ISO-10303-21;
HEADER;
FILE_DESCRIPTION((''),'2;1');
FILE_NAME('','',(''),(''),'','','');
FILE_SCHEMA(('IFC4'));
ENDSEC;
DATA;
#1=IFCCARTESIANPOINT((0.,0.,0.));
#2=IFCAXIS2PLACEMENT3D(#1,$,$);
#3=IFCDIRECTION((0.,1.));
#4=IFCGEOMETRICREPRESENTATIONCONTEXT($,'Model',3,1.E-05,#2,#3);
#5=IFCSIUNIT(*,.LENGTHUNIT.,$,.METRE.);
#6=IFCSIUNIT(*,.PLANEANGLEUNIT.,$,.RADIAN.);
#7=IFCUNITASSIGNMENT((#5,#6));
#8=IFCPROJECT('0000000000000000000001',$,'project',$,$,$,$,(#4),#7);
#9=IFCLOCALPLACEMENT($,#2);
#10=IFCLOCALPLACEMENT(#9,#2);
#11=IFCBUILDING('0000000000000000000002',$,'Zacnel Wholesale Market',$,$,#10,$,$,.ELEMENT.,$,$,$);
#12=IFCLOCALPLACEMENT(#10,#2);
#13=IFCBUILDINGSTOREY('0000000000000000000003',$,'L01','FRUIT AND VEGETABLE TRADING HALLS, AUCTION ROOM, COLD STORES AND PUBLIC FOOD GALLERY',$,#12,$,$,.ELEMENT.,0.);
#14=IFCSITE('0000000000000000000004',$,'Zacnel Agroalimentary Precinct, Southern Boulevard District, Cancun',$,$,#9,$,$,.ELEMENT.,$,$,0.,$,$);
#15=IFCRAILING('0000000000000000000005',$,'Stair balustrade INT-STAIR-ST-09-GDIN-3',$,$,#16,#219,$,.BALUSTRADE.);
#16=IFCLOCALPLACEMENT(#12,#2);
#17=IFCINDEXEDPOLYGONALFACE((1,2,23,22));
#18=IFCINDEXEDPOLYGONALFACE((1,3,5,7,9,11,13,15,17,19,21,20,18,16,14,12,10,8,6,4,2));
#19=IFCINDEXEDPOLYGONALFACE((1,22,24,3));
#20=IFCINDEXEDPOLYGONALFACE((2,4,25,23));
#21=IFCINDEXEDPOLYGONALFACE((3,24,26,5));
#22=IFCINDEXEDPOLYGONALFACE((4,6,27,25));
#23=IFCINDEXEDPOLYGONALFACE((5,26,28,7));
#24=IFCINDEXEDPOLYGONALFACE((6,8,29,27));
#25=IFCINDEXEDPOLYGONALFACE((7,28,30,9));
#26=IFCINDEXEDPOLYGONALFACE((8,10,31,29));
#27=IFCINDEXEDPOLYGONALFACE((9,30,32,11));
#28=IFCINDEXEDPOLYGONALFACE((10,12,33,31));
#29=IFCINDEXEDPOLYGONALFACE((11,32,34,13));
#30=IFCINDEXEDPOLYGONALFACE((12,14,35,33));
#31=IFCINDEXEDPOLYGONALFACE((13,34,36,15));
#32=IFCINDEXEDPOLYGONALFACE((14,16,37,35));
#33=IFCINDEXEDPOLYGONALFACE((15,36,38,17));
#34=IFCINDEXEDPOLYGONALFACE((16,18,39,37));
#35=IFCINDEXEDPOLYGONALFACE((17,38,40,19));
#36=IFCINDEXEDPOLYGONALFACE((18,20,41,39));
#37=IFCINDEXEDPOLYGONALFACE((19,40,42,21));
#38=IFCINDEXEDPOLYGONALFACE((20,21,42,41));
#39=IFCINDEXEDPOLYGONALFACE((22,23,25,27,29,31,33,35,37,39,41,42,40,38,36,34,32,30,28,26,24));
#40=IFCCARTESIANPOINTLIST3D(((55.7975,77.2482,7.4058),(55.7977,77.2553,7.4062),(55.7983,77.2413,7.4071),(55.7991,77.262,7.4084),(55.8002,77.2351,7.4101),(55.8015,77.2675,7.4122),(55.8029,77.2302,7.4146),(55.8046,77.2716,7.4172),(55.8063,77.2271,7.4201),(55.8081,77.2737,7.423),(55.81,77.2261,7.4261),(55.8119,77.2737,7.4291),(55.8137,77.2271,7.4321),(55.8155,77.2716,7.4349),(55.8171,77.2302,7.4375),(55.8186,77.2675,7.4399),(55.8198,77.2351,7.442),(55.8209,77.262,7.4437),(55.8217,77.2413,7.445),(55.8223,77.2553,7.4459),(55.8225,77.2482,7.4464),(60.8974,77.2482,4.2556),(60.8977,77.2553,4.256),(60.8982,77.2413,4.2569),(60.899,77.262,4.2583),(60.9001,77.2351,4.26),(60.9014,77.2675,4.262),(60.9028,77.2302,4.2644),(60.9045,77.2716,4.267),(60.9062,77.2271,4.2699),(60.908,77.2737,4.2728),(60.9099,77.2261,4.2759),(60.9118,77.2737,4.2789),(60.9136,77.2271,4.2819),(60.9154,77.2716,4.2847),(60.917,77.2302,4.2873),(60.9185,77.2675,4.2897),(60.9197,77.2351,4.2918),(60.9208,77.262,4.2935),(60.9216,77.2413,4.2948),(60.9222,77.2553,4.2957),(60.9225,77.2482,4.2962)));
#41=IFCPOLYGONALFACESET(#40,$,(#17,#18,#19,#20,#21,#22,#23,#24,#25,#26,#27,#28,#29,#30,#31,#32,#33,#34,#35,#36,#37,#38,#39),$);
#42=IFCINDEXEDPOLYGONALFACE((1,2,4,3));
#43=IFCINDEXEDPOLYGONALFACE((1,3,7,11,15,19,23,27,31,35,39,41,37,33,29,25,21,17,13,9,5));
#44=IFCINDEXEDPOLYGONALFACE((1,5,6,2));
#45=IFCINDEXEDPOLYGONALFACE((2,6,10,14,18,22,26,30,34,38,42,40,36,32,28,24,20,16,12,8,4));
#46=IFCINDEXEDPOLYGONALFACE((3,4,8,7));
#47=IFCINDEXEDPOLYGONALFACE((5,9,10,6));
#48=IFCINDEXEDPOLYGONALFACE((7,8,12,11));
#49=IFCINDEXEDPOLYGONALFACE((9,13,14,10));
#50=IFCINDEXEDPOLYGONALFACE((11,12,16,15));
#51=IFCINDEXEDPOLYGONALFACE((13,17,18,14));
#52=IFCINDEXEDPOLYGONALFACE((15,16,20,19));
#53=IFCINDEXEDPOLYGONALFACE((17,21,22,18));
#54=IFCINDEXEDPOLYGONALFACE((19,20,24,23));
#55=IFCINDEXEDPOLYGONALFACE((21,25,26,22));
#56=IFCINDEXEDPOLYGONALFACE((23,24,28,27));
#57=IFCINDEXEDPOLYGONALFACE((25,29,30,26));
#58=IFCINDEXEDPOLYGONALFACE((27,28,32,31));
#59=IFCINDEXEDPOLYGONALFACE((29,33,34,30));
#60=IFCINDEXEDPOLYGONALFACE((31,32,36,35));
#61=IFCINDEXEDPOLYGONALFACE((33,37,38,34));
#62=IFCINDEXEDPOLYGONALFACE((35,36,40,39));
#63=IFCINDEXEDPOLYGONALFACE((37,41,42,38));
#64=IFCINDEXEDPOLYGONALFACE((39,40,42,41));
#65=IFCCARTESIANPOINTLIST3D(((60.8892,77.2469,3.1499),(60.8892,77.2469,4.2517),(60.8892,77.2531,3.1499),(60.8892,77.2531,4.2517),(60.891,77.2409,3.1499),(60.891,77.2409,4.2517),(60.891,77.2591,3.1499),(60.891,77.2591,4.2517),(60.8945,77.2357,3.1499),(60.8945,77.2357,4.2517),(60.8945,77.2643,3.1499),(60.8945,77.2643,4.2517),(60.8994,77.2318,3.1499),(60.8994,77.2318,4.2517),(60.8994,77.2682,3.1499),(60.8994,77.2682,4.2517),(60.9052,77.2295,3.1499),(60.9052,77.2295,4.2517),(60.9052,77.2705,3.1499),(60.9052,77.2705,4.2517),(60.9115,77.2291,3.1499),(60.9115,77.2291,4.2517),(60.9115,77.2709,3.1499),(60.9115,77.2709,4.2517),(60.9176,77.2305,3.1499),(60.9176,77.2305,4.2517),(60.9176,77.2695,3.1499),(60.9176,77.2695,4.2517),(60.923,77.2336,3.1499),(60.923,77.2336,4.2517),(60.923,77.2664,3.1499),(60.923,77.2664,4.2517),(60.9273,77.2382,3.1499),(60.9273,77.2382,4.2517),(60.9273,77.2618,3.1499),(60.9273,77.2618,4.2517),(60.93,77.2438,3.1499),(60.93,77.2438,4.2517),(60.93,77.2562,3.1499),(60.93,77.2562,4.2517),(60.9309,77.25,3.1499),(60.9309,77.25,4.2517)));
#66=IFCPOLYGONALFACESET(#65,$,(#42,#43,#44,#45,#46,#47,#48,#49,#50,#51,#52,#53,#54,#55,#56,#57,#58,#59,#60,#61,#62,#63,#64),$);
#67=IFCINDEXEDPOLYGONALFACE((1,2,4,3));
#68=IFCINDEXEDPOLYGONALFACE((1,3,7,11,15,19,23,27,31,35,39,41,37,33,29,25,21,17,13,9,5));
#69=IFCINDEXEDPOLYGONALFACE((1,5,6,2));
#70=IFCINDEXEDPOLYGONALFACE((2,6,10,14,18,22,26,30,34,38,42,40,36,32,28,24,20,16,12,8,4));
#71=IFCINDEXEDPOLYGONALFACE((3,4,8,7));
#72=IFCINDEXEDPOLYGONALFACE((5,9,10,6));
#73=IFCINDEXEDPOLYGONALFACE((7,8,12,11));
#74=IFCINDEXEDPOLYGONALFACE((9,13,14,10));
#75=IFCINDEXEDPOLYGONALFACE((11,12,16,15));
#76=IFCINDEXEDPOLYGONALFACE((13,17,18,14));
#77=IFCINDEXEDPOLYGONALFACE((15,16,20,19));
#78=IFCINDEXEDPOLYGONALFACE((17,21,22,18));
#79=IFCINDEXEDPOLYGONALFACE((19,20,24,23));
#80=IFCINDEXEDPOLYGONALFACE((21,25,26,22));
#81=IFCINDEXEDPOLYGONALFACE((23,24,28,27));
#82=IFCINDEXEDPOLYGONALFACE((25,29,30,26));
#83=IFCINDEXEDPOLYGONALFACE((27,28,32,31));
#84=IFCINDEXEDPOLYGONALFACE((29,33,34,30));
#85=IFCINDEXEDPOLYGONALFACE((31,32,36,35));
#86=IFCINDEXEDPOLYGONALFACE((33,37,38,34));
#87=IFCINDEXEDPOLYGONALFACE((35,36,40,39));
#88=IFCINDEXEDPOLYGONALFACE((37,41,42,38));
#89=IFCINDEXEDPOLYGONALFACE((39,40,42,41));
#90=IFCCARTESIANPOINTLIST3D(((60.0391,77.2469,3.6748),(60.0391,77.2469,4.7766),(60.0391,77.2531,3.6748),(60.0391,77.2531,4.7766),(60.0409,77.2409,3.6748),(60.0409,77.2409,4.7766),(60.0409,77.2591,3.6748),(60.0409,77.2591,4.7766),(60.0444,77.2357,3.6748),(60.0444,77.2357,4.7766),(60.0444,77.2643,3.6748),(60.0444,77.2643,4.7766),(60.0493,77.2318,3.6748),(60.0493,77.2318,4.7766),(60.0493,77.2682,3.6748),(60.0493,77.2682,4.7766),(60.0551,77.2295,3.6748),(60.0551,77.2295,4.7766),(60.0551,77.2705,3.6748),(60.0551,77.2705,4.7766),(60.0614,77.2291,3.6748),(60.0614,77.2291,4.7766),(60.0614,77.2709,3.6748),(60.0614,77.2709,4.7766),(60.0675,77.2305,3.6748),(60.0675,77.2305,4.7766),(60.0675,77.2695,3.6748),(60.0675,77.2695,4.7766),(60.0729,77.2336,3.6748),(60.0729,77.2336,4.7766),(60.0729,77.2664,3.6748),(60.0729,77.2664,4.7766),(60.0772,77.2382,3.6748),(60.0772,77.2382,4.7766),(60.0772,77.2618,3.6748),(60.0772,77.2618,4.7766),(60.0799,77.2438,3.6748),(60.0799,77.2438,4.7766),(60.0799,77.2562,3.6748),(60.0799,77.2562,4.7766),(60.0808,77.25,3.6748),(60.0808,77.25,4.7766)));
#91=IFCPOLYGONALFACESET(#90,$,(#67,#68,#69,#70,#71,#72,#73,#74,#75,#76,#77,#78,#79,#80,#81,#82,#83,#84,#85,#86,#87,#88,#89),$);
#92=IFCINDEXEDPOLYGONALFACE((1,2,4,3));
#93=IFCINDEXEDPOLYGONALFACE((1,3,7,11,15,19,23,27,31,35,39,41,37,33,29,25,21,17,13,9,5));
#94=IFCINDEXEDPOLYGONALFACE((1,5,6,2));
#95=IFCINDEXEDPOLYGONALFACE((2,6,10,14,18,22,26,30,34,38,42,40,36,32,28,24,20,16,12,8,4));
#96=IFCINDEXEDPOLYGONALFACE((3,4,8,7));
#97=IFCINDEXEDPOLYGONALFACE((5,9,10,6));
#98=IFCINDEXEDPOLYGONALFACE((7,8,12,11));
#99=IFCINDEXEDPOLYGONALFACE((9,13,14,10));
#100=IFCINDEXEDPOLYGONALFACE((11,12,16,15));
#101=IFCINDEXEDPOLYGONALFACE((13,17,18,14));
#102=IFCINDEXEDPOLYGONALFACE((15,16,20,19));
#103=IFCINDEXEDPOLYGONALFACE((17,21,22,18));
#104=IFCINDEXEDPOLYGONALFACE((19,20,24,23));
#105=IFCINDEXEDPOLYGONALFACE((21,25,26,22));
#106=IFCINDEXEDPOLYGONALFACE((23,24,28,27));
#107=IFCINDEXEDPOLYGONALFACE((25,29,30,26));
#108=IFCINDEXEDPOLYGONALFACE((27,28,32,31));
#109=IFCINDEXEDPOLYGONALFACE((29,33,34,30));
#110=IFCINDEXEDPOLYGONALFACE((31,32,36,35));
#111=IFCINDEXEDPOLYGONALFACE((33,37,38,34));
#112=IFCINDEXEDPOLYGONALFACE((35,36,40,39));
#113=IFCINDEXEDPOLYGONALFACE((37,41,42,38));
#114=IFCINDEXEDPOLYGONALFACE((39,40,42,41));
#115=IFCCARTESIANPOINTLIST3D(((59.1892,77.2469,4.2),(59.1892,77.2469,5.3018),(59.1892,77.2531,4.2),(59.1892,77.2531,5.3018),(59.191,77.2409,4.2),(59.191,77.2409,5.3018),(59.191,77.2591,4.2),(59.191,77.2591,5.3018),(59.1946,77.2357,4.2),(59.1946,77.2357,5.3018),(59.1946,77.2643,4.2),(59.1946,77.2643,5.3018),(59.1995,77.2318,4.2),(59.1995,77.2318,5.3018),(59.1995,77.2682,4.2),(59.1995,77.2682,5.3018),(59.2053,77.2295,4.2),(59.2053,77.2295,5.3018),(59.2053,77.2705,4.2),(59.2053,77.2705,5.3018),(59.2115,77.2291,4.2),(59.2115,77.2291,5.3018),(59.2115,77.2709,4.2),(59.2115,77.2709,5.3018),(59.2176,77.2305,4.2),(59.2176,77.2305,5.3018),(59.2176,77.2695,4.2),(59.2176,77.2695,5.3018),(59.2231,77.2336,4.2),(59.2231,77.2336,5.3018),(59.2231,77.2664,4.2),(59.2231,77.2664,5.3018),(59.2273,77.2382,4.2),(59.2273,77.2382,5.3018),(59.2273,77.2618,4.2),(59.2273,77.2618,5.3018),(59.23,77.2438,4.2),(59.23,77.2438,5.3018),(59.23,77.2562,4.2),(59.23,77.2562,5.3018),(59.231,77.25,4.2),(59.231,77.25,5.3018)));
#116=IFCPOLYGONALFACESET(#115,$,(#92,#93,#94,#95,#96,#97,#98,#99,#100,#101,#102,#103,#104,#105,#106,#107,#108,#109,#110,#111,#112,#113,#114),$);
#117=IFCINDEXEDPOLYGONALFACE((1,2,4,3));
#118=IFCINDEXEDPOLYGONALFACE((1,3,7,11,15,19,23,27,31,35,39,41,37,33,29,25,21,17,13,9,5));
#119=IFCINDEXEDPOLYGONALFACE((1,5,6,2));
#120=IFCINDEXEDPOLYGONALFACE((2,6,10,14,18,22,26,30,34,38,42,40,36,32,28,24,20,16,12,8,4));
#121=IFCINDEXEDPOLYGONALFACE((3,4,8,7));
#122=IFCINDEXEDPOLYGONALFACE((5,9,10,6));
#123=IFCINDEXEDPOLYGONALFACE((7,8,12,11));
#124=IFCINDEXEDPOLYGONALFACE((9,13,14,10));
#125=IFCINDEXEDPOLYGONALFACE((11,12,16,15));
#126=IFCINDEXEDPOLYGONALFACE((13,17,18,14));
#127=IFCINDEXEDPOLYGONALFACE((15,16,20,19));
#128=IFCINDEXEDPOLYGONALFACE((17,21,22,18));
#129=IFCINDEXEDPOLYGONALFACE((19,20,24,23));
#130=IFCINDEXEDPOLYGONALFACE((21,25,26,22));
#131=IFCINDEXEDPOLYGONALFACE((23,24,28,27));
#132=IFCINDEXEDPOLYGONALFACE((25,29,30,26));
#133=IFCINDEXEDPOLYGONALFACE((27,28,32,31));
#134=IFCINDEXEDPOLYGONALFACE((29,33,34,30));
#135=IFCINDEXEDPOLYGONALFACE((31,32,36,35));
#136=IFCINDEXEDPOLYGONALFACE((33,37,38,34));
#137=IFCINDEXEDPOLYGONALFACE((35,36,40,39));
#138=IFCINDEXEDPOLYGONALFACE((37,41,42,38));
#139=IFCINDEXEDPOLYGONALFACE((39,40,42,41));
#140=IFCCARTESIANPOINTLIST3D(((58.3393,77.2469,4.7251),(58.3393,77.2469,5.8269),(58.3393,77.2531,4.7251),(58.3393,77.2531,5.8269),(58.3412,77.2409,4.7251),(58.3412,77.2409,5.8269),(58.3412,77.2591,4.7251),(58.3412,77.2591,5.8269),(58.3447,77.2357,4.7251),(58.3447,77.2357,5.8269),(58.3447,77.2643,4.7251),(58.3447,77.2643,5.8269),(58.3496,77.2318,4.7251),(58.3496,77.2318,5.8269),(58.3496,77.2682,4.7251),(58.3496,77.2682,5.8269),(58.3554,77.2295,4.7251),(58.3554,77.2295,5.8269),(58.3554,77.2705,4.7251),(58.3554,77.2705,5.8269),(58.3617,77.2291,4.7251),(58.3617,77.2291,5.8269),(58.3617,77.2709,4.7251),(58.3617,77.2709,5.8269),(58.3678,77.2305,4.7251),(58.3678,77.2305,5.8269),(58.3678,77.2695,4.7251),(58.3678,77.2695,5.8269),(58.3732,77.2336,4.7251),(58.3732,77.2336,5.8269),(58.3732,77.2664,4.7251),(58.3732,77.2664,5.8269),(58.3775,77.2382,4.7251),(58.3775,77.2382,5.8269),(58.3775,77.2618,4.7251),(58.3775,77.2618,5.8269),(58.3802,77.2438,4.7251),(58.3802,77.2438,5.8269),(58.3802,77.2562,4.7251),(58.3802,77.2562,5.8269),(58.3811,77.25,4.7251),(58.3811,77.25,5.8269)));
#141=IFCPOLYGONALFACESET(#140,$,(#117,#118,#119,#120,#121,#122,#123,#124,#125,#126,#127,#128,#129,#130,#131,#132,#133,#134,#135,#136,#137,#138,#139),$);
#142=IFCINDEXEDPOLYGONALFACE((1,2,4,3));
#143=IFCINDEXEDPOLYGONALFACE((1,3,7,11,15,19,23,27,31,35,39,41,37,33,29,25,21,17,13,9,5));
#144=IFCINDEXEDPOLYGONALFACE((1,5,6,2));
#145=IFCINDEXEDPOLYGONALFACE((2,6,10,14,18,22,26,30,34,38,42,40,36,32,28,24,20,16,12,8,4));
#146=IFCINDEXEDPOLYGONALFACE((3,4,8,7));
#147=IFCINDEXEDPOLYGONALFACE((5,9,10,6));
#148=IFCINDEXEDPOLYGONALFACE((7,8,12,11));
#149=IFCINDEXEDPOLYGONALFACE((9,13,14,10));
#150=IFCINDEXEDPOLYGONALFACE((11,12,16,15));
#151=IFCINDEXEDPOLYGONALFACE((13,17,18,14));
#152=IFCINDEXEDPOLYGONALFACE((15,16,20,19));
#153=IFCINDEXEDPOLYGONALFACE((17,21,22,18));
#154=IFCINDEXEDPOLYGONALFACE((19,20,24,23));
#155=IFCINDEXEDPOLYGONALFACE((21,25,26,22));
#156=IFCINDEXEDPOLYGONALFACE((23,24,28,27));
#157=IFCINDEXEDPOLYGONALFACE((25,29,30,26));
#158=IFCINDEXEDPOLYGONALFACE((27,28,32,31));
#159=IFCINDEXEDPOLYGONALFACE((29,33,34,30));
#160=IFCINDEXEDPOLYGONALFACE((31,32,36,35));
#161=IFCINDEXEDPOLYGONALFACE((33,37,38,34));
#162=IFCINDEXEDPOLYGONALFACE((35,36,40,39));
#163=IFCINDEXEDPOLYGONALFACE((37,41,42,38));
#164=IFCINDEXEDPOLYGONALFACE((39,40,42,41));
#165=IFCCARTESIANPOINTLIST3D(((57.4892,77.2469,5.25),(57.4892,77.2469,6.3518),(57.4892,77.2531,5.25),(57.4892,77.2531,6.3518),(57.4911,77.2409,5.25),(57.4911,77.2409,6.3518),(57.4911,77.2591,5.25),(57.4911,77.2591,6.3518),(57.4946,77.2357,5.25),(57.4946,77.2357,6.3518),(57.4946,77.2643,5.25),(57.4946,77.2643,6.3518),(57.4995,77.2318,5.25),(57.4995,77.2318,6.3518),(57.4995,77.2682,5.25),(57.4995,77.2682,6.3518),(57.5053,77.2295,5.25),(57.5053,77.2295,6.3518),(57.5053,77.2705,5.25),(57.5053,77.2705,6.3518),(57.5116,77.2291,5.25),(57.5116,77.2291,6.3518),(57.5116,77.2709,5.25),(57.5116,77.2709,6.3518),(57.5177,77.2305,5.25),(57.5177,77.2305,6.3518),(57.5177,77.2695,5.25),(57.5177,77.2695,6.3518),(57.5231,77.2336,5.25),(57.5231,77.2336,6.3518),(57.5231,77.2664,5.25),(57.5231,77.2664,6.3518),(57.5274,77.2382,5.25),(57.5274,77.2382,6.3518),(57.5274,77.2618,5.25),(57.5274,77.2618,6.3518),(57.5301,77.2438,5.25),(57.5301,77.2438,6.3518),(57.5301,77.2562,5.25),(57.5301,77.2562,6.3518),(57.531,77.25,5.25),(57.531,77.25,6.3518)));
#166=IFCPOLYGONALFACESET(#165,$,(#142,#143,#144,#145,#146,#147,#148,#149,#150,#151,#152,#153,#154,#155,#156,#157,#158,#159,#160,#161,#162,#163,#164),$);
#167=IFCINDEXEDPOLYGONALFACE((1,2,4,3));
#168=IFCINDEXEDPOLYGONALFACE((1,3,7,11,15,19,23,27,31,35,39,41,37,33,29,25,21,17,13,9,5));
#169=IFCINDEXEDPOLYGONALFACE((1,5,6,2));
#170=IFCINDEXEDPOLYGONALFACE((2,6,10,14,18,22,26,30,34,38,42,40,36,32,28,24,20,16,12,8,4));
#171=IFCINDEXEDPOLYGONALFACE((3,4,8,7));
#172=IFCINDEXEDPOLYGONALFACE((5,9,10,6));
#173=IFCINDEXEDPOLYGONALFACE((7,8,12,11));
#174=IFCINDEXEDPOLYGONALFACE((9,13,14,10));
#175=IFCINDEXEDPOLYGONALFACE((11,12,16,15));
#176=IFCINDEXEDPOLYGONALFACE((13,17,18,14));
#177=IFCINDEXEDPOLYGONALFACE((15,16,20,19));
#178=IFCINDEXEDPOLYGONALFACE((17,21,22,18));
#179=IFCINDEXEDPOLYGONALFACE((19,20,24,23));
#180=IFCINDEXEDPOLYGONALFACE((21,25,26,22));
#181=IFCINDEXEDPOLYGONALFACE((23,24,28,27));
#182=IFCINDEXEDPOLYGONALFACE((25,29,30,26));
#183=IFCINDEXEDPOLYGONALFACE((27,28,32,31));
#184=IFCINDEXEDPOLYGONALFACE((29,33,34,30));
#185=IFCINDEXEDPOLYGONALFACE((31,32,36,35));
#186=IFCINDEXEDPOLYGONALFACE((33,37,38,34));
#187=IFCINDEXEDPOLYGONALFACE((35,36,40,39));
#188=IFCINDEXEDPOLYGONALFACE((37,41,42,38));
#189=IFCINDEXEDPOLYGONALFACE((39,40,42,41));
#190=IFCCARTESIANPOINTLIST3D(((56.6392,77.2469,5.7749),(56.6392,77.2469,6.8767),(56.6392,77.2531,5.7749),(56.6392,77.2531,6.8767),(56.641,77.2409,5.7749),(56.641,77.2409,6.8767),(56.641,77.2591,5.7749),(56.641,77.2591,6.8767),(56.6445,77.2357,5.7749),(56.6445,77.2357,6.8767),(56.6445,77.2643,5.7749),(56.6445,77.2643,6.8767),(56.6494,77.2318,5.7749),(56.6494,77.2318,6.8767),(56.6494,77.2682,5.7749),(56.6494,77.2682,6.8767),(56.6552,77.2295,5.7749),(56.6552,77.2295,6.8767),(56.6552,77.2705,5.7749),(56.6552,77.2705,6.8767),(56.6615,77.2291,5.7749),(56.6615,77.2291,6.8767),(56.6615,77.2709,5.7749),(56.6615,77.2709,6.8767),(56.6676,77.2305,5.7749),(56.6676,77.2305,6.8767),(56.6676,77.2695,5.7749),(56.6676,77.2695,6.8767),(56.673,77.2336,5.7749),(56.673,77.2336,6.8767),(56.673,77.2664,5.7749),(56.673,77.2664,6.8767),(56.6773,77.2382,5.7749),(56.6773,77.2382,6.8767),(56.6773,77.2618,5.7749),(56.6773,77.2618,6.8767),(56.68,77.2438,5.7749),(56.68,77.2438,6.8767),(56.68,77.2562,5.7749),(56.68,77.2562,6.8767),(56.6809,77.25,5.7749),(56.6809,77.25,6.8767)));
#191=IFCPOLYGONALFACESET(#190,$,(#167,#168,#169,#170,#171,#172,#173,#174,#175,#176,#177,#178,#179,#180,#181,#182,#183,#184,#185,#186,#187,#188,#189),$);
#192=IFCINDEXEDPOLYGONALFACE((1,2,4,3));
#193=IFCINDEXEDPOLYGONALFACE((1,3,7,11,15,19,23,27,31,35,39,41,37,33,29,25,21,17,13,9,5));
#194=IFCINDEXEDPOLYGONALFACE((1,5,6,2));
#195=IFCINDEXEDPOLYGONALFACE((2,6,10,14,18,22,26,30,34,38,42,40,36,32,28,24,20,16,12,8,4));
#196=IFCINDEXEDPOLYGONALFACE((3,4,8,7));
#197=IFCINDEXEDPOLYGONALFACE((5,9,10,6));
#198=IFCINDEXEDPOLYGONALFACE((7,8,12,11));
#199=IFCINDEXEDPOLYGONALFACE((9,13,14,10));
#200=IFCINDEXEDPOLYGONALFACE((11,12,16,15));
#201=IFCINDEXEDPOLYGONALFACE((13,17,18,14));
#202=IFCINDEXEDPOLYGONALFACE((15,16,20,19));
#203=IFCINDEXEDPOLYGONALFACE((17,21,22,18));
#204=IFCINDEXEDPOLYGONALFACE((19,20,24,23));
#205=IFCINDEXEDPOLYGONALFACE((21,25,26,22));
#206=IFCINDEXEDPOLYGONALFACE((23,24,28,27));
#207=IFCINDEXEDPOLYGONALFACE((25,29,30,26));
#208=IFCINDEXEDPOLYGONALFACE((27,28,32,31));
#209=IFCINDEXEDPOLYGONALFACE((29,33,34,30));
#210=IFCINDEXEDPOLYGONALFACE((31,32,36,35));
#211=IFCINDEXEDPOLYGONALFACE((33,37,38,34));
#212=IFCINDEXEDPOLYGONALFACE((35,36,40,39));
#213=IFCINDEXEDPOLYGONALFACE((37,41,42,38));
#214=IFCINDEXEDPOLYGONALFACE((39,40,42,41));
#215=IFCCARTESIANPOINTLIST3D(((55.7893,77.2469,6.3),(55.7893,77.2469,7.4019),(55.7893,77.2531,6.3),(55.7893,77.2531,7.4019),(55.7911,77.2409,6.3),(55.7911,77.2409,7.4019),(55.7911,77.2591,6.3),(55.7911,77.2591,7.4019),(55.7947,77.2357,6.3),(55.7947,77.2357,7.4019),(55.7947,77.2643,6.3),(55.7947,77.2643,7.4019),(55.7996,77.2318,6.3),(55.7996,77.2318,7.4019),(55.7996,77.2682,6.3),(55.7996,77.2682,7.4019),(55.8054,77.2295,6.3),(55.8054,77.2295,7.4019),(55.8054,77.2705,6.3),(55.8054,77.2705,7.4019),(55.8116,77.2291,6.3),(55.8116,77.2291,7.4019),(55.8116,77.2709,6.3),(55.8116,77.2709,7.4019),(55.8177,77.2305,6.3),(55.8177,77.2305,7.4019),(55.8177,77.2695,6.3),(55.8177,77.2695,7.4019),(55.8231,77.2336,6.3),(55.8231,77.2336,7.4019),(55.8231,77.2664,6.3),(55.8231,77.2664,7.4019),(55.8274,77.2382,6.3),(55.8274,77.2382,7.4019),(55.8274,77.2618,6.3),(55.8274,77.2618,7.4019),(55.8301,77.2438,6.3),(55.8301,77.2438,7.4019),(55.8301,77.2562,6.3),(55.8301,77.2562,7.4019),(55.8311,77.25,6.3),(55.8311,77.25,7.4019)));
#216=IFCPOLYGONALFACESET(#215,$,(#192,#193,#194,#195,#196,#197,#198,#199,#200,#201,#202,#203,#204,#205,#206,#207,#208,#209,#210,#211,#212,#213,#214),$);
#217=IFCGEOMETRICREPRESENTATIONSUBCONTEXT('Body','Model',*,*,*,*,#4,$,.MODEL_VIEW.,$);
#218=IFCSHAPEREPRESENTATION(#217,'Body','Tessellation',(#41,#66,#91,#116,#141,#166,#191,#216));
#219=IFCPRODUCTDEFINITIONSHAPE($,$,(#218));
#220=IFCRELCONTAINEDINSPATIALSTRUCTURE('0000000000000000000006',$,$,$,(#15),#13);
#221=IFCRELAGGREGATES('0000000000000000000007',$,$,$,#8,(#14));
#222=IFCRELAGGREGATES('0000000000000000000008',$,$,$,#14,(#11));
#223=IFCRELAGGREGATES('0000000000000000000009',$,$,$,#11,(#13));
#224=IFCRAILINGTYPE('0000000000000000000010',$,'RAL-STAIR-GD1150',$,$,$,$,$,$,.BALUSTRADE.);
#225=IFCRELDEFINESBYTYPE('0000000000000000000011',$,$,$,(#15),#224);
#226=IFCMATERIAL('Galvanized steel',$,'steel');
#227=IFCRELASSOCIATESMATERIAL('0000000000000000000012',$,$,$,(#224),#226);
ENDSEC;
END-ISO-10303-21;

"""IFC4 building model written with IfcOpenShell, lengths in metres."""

from ifc_helpers import new_model, si_unit, direction, frame, origin, origin_2d, place, context, subcontext, project, spatial, circle, extrude, material, type_object, element, save


model = new_model("IFC4")

# Units and contexts
model_context = context("Model", 3, precision=1e-05, world=origin(), true_north=direction((0.0, 1.0)))
body_context = subcontext(model_context, "Body", "Model", "MODEL_VIEW")
ifc_project = project(units=[si_unit("LENGTHUNIT", "METRE"), si_unit("PLANEANGLEUNIT", "RADIAN")], contexts=[model_context])

# Site, building, storey
site_placement = place(None, origin())
site = spatial("IfcSite", under=ifc_project, at=site_placement, Name="Zacnel Agroalimentary Precinct, Southern Boulevard District, Cancun", CompositionType="ELEMENT", RefElevation=0.0)
building_placement = place(site_placement, origin())
building = spatial("IfcBuilding", under=site, at=building_placement, Name="Zacnel Wholesale Market", CompositionType="ELEMENT")
storey_placement = place(building_placement, origin())
storey = spatial("IfcBuildingStorey", under=building, at=storey_placement, Name="L01", Description="FRUIT AND VEGETABLE TRADING HALLS, AUCTION ROOM, COLD STORES AND PUBLIC FOOD GALLERY", CompositionType="ELEMENT", Elevation=0.0)

# Railing
ifc_material_1 = material(Name="Galvanized steel", Category="steel")
railing_type_1 = type_object("IfcRailingType", Name="RAL-STAIR-GD1150", PredefinedType="BALUSTRADE", material=ifc_material_1)
railing_1_placement = place(storey_placement, frame((60.9099, 77.25, 3.1499)))
element("IfcRailing", 1, at=railing_1_placement, inside=storey, type_object=railing_type_1, Name="Stair balustrade INT-STAIR-ST-09-GDIN-3", PredefinedType="BALUSTRADE", context=body_context, shape_type="SweptSolid", body=[
    extrude(circle(Radius=0.0239, at=origin_2d()), frame((0.0, 0.0, 1.126), z_axis=(-0.85078, 0.0, 0.525521), x_axis=(0.0, -1.0, 0.0)), (0.0, 0.0, 1.0), 5.9944),
    extrude(circle(Radius=0.021, at=origin_2d()), origin(), (0.0, 0.0, 1.0), 1.1018),
    extrude(circle(Radius=0.021, at=origin_2d()), frame((-0.8501, 0.0, 0.5249)), (0.0, 0.0, 1.0), 1.1018),
    extrude(circle(Radius=0.021, at=origin_2d()), frame((-1.7, 0.0, 1.05)), (0.0, 0.0, 1.0), 1.1018),
    extrude(circle(Radius=0.021, at=origin_2d()), frame((-2.5498, 0.0, 1.5752)), (0.0, 0.0, 1.0), 1.1018),
    extrude(circle(Radius=0.021, at=origin_2d()), frame((-3.3999, 0.0, 2.1001)), (0.0, 0.0, 1.0), 1.1018),
    extrude(circle(Radius=0.021, at=origin_2d()), frame((-4.25, 0.0, 2.625)), (0.0, 0.0, 1.0), 1.1018),
    extrude(circle(Radius=0.021, at=origin_2d()), frame((-5.0999, 0.0, 3.1501)), (0.0, 0.0, 1.0), 1.1018),
])

save(model, "model.ifc")
